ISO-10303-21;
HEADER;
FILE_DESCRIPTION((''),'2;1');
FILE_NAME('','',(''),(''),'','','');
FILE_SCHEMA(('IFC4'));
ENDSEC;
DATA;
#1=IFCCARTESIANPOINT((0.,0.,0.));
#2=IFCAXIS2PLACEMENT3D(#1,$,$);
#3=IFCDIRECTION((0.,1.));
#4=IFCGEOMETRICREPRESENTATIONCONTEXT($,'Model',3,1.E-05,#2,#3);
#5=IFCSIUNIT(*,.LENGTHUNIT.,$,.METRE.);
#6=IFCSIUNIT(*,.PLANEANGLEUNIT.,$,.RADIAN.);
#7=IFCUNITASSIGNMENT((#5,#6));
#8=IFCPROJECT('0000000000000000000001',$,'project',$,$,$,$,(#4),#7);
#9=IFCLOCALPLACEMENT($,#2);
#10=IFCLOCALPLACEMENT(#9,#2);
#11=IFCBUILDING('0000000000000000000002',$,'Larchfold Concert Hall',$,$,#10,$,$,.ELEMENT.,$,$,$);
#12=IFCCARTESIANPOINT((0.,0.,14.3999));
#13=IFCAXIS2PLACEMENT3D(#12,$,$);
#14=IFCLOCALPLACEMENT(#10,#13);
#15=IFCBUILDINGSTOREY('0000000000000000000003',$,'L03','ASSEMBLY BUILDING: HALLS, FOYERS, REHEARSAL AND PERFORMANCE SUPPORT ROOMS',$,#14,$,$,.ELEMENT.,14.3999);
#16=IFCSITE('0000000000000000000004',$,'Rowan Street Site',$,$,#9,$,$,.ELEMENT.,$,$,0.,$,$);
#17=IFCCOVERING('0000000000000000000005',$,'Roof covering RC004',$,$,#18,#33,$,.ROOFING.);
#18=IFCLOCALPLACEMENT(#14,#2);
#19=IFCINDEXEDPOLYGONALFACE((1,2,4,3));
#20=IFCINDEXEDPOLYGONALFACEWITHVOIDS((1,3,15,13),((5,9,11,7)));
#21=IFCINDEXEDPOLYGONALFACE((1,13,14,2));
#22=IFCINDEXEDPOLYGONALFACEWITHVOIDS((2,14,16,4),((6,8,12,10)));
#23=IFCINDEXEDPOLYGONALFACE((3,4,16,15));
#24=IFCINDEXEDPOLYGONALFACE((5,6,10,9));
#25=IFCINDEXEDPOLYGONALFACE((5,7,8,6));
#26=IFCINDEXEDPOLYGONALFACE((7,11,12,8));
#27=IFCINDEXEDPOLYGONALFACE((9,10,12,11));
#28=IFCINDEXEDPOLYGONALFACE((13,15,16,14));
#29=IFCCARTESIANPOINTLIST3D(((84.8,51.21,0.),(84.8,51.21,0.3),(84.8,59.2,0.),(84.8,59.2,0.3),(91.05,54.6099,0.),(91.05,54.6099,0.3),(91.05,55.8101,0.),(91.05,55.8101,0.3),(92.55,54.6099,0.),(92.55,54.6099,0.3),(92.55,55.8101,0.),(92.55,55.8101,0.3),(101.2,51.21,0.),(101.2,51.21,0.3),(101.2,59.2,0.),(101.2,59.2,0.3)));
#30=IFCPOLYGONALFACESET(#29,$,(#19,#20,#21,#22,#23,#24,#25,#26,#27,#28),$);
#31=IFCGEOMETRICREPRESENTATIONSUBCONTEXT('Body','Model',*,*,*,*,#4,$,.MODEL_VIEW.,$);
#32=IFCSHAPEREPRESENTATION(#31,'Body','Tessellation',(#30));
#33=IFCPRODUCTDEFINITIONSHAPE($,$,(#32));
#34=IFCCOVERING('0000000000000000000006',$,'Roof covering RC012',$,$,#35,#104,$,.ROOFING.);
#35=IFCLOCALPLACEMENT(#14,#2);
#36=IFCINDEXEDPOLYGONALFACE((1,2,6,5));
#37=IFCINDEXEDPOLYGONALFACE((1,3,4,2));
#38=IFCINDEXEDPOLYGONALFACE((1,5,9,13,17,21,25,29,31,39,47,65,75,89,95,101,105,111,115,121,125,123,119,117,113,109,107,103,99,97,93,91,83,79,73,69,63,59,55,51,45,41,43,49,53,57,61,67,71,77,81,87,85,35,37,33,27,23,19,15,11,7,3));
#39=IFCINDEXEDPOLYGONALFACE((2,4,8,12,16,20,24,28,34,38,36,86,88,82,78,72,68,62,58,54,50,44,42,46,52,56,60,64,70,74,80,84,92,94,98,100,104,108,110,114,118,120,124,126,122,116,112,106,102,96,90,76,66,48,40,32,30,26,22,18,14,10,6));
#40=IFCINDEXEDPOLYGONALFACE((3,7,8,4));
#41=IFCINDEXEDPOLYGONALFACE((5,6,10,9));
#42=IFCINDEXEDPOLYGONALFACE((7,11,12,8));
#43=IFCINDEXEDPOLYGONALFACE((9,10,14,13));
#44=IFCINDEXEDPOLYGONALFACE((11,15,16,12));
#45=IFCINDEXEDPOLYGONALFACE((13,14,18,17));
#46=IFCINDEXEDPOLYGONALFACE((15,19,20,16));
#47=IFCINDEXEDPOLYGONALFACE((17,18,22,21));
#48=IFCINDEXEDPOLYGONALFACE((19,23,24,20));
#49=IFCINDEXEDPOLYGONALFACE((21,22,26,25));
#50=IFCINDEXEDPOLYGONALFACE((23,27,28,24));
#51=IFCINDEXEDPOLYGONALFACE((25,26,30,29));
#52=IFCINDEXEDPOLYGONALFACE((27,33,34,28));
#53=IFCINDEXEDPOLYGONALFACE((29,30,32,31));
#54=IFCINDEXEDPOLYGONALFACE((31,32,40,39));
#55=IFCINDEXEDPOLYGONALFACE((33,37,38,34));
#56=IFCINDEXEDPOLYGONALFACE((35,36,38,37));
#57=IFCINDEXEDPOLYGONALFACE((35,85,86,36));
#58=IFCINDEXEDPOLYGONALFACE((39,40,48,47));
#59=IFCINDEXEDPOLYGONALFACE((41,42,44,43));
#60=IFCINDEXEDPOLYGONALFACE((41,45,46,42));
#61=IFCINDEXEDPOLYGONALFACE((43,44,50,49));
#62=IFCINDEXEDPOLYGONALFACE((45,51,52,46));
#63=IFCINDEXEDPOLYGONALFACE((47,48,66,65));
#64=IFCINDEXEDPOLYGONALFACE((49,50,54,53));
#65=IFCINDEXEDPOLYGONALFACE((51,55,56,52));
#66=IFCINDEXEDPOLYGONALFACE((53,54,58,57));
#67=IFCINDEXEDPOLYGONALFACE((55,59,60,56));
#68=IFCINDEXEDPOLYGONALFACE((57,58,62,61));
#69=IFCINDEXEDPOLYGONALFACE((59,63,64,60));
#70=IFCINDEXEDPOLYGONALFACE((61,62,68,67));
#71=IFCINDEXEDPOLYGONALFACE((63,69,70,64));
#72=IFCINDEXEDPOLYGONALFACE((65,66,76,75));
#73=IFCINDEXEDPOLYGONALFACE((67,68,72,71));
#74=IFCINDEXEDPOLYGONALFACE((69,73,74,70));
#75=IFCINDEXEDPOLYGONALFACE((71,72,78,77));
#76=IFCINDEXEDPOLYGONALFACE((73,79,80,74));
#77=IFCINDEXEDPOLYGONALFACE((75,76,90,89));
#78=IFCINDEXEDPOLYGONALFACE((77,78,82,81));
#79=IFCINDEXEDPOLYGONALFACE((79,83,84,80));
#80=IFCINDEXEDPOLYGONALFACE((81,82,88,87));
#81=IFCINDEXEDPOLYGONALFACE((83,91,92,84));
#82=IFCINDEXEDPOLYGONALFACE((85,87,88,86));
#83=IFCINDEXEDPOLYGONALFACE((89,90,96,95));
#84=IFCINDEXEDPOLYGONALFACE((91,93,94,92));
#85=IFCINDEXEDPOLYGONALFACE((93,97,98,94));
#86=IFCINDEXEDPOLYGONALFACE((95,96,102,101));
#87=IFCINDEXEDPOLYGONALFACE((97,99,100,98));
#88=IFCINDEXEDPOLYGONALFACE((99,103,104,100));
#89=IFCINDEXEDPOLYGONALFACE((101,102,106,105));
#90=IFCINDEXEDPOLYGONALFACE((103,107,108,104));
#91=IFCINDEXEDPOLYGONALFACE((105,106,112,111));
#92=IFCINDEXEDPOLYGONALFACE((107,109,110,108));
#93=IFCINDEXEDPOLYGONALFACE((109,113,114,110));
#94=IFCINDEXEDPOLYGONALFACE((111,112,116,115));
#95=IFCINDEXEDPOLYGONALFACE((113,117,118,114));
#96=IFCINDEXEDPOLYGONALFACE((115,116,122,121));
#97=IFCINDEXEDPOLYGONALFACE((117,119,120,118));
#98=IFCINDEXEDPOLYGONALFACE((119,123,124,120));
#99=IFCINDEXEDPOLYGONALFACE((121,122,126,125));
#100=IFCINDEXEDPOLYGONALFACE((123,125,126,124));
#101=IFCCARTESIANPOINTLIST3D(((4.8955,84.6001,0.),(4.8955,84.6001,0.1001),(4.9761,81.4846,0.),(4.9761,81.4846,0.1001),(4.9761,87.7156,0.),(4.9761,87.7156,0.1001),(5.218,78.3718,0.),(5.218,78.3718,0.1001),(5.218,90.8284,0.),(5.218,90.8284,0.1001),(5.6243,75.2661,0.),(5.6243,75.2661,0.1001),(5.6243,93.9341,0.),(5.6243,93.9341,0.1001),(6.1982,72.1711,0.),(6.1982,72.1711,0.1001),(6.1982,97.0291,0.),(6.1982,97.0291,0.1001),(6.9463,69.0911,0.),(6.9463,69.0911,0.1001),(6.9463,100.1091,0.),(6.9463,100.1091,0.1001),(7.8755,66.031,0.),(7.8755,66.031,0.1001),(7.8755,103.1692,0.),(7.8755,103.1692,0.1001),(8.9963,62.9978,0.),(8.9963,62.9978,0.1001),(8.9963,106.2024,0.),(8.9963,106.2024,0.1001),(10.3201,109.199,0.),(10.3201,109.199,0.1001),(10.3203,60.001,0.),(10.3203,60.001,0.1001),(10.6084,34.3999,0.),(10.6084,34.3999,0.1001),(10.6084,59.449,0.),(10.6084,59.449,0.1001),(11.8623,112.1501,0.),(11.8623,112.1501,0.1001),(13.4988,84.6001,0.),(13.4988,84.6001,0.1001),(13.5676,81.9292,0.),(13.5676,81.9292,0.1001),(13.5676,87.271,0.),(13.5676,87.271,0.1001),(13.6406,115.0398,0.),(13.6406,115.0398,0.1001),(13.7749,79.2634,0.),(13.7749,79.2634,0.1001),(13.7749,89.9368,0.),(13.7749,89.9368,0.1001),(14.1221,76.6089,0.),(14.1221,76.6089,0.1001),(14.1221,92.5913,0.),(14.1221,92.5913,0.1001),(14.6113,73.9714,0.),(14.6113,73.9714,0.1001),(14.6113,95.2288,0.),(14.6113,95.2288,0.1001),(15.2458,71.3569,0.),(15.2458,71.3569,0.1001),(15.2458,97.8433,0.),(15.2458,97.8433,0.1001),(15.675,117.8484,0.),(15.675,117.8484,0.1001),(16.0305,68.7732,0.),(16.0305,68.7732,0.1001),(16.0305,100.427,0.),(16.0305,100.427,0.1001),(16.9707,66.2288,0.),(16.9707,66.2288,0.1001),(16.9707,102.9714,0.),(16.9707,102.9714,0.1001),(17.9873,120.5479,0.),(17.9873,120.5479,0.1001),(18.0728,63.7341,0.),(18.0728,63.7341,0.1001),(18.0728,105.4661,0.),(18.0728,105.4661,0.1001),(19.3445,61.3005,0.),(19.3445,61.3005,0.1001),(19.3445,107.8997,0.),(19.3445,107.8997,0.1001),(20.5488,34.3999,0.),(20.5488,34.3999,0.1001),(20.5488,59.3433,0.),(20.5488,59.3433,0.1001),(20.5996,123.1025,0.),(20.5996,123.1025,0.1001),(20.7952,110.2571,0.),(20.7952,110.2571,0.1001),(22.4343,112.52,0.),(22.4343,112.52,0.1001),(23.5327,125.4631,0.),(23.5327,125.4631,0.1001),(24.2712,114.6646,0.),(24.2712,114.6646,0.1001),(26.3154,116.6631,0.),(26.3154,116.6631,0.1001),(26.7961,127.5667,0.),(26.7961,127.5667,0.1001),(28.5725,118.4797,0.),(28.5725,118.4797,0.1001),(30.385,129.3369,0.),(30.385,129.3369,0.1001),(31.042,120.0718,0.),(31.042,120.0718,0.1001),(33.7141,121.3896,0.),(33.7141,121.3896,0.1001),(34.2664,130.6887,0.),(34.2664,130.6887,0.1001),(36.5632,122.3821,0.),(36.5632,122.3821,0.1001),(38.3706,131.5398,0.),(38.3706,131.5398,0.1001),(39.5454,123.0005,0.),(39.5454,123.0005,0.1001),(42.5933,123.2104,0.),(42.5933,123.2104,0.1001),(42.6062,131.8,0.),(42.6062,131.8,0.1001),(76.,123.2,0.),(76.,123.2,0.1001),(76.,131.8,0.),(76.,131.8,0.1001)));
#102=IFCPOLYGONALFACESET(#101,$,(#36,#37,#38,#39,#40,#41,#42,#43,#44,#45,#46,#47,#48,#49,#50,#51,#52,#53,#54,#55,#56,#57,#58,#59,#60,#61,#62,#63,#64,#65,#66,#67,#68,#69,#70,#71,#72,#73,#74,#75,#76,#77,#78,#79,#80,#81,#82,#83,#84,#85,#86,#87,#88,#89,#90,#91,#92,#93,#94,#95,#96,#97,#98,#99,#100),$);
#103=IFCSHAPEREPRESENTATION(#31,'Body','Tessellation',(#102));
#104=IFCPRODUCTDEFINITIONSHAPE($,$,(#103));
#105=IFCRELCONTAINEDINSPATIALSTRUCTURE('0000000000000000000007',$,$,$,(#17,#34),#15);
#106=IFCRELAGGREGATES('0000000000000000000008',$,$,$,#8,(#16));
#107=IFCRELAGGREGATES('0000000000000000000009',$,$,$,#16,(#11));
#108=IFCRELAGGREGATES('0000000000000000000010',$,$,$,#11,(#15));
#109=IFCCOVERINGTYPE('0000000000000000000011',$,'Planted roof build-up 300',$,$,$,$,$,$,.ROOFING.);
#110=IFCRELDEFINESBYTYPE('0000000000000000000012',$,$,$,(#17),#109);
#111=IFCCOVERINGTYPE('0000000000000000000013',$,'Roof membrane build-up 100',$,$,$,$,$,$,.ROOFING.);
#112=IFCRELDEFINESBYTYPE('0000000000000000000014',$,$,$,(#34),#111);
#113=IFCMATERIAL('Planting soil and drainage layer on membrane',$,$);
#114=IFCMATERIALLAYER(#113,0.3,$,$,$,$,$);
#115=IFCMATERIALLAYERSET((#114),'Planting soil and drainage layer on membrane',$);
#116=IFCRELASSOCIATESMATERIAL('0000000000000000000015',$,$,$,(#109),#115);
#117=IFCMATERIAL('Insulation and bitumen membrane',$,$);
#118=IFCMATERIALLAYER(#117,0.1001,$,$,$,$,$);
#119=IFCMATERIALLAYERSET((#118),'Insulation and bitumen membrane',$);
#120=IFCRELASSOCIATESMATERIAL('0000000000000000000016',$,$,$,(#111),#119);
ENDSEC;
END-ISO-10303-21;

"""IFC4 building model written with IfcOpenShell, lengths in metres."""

from ifc_helpers import new_model, si_unit, direction, frame, origin, place, context, subcontext, project, spatial, polyline, outline, extrude, material, layer, layer_set, type_object, element, save


model = new_model("IFC4")

# Units and contexts
model_context = context("Model", 3, precision=1e-05, world=origin(), true_north=direction((0.0, 1.0)))
body_context = subcontext(model_context, "Body", "Model", "MODEL_VIEW")
ifc_project = project(units=[si_unit("LENGTHUNIT", "METRE"), si_unit("PLANEANGLEUNIT", "RADIAN")], contexts=[model_context])

# Site, building, storey
site_placement = place(None, origin())
site = spatial("IfcSite", under=ifc_project, at=site_placement, Name="Rowan Street Site", CompositionType="ELEMENT", RefElevation=0.0)
building_placement = place(site_placement, origin())
building = spatial("IfcBuilding", under=site, at=building_placement, Name="Larchfold Concert Hall", CompositionType="ELEMENT")
storey_placement = place(building_placement, frame((0.0, 0.0, 14.3999)))
storey = spatial("IfcBuildingStorey", under=building, at=storey_placement, Name="L03", Description="ASSEMBLY BUILDING: HALLS, FOYERS, REHEARSAL AND PERFORMANCE SUPPORT ROOMS", CompositionType="ELEMENT", Elevation=14.3999)

# Coverings
ifc_material_1 = material(Name="Planting soil and drainage layer on membrane")
ifc_layer_1 = layer(ifc_material_1, 0.3)
ifc_layer_set_1 = layer_set([ifc_layer_1], Name="Planting soil and drainage layer on membrane")
covering_type_1 = type_object("IfcCoveringType", Name="Planted roof build-up 300", PredefinedType="ROOFING", material=ifc_layer_set_1)
covering_1_placement = place(storey_placement, origin())
element("IfcCovering", 1, at=covering_1_placement, inside=storey, type_object=covering_type_1, Name="Roof covering RC004", PredefinedType="ROOFING", context=body_context, shape_type="SweptSolid", body=[
    extrude(outline(polyline([(84.8, 51.21), (101.2, 51.21), (101.2, 59.2), (84.8, 59.2), (84.8, 51.21)]), holes=[polyline([(92.55, 55.8101), (91.05, 55.8101), (91.05, 54.6099), (92.55, 54.6099), (92.55, 55.8101)])]), origin(), (0.0, 0.0, 1.0), 0.3),
])
ifc_material_2 = material(Name="Insulation and bitumen membrane")
ifc_layer_2 = layer(ifc_material_2, 0.1001)
ifc_layer_set_2 = layer_set([ifc_layer_2], Name="Insulation and bitumen membrane")
covering_type_2 = type_object("IfcCoveringType", Name="Roof membrane build-up 100", PredefinedType="ROOFING", material=ifc_layer_set_2)
covering_2_placement = place(storey_placement, origin())
element("IfcCovering", 2, at=covering_2_placement, inside=storey, type_object=covering_type_2, Name="Roof covering RC012", PredefinedType="ROOFING", context=body_context, shape_type="SweptSolid", body=[
    extrude(outline(polyline([(19.3445, 61.3005), (18.0728, 63.7341), (16.9707, 66.2288), (16.0305, 68.7732), (15.2458, 71.3569), (14.6113, 73.9714), (14.1221, 76.6089), (13.7749, 79.2634), (13.5676, 81.9292), (13.4988, 84.6001), (13.5676, 87.271), (13.7749, 89.9368), (14.1221, 92.5913), (14.6113, 95.2288), (15.2458, 97.8433), (16.0305, 100.427), (16.9707, 102.9714), (18.0728, 105.4661), (19.3445, 107.8997), (20.7952, 110.2571), (22.4343, 112.52), (24.2712, 114.6646), (26.3154, 116.6631), (28.5725, 118.4797), (31.042, 120.0718), (33.7141, 121.3896), (36.5632, 122.3821), (39.5454, 123.0005), (42.5933, 123.2104), (76.0, 123.2), (76.0, 131.8), (42.6062, 131.8), (38.3706, 131.5398), (34.2664, 130.6887), (30.385, 129.3369), (26.7961, 127.5667), (23.5327, 125.4631), (20.5996, 123.1025), (17.9873, 120.5479), (15.675, 117.8484), (13.6406, 115.0398), (11.8623, 112.1501), (10.3201, 109.199), (8.9963, 106.2024), (7.8755, 103.1692), (6.9463, 100.1091), (6.1982, 97.0291), (5.6243, 93.9341), (5.218, 90.8284), (4.9761, 87.7156), (4.8955, 84.6001), (4.9761, 81.4846), (5.218, 78.3718), (5.6243, 75.2661), (6.1982, 72.1711), (6.9463, 69.0911), (7.8755, 66.031), (8.9963, 62.9978), (10.3203, 60.001), (10.6084, 59.449), (10.6084, 34.3999), (20.5488, 34.3999), (20.5488, 59.3433), (19.3445, 61.3005)])), origin(), (0.0, 0.0, 1.0), 0.1001),
])

save(model, "model.ifc")
